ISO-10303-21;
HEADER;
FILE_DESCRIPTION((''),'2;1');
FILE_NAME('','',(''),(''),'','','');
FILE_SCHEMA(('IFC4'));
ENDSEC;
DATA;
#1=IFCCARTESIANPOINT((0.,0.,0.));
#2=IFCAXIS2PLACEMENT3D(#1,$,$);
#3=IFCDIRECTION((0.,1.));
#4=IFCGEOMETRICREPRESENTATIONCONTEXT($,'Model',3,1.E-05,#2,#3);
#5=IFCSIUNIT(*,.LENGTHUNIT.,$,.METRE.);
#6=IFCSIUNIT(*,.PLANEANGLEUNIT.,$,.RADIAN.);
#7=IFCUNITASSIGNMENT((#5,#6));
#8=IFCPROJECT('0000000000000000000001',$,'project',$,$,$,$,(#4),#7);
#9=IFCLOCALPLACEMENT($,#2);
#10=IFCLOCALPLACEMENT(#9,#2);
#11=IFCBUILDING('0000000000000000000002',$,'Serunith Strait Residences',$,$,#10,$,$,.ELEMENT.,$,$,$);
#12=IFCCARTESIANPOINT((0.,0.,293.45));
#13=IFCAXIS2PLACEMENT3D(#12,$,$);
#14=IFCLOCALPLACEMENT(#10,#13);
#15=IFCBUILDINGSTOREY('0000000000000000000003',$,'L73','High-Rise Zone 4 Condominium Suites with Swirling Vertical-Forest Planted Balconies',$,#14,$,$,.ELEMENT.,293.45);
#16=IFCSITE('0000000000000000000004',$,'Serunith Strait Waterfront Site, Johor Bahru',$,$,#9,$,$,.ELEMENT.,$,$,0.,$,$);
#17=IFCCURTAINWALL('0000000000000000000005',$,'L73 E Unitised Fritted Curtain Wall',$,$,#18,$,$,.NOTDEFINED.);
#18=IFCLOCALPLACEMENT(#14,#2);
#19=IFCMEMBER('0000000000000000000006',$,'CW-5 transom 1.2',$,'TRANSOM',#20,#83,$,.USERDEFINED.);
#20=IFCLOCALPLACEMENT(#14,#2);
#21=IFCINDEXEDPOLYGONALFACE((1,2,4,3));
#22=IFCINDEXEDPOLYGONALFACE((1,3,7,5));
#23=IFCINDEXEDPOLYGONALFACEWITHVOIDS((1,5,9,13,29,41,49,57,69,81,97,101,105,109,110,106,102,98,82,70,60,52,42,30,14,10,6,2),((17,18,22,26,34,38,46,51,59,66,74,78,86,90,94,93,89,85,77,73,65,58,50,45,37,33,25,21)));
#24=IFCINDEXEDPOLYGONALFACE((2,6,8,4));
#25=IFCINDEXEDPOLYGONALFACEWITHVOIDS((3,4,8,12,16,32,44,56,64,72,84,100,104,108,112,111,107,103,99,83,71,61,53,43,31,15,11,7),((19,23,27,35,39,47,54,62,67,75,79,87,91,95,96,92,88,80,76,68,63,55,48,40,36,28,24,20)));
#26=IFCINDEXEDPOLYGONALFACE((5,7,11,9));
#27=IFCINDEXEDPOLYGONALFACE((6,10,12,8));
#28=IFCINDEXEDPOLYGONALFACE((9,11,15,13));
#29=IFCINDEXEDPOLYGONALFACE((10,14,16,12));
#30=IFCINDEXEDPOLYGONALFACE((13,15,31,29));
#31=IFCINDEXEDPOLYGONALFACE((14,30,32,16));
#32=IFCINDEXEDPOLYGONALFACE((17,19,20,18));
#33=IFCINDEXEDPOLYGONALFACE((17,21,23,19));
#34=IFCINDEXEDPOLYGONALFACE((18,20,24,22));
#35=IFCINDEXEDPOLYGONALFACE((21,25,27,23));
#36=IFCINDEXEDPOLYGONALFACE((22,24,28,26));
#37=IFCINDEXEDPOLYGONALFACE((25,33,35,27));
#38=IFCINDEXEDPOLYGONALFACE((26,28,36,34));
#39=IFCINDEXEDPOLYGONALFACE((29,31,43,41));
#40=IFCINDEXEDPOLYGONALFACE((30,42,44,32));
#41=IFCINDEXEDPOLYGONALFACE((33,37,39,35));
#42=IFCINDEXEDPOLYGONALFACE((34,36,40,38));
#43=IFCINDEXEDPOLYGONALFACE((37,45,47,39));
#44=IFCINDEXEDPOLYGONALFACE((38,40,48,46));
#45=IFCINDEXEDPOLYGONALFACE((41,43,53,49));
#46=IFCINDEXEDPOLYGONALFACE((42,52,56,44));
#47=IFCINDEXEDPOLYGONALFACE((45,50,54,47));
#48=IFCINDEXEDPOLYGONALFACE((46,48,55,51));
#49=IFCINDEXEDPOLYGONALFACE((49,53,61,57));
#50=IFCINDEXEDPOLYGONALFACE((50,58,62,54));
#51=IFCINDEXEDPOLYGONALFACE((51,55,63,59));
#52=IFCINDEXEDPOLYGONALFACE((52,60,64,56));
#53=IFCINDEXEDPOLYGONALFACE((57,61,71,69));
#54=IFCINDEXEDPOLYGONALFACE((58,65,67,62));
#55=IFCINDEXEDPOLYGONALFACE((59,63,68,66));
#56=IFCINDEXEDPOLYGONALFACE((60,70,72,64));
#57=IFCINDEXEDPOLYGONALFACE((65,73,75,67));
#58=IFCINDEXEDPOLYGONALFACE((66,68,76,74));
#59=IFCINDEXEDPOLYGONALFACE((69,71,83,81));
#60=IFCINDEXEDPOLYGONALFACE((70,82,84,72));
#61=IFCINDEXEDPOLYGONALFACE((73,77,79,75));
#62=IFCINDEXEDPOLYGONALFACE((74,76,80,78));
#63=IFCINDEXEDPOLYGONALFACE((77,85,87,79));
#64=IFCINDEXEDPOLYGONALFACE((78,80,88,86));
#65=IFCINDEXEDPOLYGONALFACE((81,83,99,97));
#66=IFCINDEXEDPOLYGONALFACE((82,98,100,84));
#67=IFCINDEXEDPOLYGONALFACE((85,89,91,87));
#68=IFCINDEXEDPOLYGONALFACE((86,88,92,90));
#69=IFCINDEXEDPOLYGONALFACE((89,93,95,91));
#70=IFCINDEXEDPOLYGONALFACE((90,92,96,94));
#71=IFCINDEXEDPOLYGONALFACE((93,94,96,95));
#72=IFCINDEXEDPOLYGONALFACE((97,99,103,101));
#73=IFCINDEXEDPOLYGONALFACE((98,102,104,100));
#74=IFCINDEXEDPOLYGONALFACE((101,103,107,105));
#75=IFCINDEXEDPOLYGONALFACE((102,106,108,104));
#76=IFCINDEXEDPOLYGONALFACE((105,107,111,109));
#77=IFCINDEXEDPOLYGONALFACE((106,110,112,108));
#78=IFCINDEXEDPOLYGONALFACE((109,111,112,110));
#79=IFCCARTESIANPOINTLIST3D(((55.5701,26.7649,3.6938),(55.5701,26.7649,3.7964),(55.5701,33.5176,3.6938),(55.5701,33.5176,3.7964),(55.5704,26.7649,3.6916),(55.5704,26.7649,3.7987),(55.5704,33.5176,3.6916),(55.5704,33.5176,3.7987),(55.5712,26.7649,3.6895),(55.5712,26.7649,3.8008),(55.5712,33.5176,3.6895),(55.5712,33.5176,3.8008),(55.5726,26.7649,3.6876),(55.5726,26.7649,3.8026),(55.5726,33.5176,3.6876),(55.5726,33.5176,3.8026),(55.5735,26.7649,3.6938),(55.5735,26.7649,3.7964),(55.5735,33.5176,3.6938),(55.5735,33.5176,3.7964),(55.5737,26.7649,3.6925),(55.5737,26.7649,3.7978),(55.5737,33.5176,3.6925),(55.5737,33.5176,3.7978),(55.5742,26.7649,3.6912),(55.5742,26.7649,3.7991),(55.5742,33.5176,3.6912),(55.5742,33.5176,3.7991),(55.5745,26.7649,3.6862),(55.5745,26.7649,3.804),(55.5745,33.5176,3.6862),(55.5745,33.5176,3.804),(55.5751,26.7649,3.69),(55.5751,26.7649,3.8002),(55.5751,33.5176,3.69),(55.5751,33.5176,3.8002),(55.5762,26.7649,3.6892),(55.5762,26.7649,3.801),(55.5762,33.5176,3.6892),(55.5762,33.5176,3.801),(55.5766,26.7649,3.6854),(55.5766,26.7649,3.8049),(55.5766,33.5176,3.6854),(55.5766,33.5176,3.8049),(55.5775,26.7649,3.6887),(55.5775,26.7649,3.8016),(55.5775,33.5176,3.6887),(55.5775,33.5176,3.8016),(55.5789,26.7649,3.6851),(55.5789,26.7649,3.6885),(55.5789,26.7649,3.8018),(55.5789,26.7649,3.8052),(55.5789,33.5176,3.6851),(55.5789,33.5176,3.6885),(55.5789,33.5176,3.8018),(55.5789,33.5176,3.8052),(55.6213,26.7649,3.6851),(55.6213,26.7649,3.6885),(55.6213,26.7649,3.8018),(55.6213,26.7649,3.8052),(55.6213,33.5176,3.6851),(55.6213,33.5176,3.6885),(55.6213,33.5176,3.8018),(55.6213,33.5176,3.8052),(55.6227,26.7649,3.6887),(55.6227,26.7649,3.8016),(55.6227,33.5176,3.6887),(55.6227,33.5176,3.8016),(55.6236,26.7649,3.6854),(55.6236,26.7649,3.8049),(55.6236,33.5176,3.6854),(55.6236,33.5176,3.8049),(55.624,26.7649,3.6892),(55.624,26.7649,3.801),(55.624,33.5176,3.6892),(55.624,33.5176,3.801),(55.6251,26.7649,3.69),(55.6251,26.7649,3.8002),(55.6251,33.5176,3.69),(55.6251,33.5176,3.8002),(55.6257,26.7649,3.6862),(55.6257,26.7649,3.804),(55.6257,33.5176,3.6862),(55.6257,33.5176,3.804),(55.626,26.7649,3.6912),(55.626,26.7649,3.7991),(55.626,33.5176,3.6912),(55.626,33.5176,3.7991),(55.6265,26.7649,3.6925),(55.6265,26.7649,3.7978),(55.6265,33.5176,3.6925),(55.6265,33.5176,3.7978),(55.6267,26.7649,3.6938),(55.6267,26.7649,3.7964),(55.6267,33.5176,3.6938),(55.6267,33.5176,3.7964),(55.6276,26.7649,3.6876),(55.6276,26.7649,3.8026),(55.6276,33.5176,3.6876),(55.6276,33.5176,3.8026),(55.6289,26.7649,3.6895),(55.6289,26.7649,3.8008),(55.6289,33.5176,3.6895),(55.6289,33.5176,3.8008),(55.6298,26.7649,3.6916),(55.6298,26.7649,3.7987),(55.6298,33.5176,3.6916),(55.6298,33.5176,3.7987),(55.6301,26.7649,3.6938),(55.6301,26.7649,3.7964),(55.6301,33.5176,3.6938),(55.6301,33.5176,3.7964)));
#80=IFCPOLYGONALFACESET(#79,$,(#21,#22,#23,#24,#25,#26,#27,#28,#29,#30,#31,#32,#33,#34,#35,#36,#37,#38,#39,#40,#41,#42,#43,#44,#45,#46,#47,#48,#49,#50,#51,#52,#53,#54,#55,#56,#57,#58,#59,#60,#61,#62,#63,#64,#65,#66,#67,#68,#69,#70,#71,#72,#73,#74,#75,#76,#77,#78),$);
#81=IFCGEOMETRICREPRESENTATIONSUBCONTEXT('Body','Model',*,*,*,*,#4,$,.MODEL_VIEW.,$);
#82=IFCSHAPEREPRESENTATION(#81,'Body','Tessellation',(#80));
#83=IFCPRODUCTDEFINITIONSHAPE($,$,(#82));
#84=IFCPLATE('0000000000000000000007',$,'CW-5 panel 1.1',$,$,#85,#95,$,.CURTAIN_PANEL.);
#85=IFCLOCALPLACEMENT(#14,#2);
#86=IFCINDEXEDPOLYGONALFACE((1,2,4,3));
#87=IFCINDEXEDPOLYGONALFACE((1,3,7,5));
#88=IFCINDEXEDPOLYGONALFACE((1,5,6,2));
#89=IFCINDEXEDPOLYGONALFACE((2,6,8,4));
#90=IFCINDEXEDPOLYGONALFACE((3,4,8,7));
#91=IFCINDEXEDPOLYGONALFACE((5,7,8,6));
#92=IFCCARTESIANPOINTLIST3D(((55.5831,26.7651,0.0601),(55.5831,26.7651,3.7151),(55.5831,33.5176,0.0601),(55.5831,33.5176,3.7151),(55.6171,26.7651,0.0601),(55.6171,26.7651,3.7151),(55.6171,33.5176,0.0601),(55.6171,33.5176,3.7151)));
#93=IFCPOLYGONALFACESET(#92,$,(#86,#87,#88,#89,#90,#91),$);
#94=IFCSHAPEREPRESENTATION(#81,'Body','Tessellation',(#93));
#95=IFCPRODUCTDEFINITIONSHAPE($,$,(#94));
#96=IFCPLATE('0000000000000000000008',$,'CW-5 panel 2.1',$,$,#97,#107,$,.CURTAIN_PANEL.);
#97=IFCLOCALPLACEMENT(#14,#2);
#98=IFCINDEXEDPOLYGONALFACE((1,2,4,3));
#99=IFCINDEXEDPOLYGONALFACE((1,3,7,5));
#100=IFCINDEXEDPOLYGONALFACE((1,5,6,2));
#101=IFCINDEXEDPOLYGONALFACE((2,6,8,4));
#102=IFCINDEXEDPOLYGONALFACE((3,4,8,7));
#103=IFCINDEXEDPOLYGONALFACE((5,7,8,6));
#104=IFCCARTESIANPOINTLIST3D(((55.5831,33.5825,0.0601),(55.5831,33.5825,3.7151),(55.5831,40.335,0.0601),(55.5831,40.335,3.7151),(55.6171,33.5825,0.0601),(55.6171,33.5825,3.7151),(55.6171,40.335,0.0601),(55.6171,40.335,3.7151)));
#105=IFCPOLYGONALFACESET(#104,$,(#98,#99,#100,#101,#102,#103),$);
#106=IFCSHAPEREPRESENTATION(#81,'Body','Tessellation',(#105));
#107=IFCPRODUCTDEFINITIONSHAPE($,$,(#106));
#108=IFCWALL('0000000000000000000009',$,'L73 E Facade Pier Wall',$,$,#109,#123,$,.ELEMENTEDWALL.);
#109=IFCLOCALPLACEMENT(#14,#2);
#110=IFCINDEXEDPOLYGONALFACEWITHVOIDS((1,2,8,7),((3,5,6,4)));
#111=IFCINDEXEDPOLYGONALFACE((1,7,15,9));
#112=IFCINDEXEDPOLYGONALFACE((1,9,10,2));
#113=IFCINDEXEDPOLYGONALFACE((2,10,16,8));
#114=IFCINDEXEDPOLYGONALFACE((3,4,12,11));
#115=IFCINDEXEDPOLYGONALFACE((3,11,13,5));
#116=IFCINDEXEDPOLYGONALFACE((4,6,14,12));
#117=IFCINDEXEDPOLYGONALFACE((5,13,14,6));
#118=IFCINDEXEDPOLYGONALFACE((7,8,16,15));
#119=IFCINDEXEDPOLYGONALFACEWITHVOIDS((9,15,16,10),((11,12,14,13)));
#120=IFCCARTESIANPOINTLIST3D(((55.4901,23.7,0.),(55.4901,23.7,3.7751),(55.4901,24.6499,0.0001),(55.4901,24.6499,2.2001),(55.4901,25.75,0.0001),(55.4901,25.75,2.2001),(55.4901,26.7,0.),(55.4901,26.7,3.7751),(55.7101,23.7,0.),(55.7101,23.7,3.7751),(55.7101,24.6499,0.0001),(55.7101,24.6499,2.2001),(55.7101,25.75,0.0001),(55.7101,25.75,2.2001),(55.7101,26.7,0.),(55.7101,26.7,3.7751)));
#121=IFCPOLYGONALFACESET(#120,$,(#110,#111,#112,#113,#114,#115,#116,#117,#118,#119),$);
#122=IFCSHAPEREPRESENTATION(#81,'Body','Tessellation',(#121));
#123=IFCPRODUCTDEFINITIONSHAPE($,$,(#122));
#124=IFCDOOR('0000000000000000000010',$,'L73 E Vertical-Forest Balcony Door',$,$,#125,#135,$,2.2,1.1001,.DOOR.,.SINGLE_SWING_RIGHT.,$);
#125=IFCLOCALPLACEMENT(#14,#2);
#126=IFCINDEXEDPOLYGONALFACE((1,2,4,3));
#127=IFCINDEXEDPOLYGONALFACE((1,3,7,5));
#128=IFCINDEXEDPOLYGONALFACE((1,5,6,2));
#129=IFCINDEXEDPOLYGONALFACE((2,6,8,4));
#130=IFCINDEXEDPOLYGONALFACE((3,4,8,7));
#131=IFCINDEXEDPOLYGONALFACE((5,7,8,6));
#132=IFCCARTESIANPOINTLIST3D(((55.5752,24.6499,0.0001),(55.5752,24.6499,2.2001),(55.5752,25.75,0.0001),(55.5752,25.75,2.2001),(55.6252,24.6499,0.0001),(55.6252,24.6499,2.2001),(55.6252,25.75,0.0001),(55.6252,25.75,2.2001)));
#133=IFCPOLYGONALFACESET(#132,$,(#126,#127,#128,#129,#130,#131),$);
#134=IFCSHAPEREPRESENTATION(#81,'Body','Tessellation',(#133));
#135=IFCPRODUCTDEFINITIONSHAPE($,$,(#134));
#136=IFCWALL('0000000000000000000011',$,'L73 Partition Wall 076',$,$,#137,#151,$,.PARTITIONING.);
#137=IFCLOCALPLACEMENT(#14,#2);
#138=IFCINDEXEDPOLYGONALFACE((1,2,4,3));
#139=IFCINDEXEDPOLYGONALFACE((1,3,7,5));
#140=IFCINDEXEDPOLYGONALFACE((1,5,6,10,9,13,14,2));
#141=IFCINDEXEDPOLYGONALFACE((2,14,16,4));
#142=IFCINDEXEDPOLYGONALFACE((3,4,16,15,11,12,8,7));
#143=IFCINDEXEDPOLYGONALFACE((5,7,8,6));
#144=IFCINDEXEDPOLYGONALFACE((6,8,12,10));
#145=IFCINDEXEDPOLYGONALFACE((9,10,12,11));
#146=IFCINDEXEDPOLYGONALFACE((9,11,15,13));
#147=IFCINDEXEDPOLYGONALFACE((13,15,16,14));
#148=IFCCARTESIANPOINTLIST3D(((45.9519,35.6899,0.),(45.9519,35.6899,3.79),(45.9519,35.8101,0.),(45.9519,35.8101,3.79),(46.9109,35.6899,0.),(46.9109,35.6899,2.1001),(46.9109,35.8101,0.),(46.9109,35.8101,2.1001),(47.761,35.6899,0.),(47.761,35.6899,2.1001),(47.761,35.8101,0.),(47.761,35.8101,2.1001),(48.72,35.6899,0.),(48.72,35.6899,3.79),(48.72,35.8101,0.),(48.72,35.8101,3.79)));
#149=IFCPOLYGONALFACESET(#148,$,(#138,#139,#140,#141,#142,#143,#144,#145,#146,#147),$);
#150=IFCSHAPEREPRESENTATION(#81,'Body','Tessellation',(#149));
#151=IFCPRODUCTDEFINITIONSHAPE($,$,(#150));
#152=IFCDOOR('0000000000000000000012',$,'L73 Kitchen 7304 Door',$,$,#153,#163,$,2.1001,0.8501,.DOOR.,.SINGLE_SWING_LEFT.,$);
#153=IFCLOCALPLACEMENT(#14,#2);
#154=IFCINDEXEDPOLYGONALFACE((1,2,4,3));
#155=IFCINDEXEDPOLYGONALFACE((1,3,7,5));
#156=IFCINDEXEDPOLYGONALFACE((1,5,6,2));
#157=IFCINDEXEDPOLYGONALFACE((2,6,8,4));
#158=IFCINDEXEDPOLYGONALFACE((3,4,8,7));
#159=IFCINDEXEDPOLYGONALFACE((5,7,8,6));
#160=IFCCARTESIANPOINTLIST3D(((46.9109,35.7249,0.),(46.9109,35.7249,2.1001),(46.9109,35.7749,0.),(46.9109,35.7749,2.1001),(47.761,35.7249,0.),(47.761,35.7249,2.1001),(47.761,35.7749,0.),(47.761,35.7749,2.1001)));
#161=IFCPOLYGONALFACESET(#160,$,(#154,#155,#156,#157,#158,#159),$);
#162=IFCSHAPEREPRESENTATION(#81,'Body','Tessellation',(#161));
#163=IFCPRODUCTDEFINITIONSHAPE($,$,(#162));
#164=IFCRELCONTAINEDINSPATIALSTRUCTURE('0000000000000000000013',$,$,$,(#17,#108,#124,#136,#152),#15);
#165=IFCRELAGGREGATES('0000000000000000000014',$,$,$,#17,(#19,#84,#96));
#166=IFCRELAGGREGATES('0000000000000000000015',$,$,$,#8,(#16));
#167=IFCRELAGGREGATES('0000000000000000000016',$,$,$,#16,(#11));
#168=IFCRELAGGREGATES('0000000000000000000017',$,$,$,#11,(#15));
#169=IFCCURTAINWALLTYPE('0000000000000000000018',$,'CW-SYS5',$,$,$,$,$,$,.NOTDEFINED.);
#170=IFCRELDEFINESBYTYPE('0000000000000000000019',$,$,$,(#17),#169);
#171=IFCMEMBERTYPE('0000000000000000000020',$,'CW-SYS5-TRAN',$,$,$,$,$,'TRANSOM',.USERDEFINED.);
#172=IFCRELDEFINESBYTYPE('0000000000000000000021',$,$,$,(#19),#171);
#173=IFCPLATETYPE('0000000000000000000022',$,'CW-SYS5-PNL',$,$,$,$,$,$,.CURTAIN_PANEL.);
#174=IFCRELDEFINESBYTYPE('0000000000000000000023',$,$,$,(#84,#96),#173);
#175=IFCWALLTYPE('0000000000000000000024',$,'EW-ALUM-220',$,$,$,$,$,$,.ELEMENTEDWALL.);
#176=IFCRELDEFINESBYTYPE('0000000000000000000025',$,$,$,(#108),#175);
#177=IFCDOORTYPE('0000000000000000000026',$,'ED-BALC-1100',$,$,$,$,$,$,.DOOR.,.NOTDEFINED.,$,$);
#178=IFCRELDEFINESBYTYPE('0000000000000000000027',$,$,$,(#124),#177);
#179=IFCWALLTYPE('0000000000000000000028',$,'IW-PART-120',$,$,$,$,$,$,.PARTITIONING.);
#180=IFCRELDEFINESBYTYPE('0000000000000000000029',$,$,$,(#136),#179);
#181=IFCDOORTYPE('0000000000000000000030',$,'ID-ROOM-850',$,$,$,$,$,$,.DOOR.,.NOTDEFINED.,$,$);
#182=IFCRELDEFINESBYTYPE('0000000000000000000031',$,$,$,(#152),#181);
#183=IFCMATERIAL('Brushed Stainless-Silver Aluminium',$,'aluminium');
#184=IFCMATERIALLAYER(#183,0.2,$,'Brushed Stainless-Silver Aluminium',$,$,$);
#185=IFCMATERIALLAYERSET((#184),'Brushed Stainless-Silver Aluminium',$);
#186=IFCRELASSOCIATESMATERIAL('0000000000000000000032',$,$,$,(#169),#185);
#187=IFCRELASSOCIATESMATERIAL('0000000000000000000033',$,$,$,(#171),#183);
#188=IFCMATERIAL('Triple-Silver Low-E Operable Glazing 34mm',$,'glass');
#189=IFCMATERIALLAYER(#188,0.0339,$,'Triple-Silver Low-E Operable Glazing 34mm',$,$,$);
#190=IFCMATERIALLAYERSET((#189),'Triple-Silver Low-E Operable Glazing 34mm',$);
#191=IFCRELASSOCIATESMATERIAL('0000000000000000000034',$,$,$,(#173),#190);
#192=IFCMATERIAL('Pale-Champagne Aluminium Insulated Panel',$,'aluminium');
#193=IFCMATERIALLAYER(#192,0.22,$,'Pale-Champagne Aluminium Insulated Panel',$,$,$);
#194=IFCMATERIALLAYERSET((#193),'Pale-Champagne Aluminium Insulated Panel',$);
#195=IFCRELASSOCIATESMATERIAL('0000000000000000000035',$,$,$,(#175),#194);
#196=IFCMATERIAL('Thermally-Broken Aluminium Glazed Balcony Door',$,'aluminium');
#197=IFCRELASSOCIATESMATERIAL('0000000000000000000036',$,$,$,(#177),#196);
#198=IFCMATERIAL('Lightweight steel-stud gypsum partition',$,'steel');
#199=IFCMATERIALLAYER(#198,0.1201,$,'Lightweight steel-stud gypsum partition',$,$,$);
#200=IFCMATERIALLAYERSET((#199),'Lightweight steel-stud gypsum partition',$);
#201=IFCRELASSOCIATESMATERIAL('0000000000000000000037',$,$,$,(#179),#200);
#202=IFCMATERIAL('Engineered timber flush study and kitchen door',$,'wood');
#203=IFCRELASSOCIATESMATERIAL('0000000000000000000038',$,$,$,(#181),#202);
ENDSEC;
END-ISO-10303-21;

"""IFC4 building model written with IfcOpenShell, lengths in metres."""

from ifc_helpers import new_model, si_unit, direction, frame, frame_2d, origin, origin_2d, place, context, subcontext, project, spatial, rectangle, hollow_rectangle, extrude, source, transform, mapped, material, layer, layer_set, material_profile, profile_set, type_object, element, fill, aggregate, save


model = new_model("IFC4")

# Units and contexts
model_context = context("Model", 3, precision=1e-05, world=origin(), true_north=direction((0.0, 1.0)))
body_context = subcontext(model_context, "Body", "Model", "MODEL_VIEW")
ifc_project = project(units=[si_unit("LENGTHUNIT", "METRE"), si_unit("PLANEANGLEUNIT", "RADIAN")], contexts=[model_context])

# Site, building, storey
site_placement = place(None, origin())
site = spatial("IfcSite", under=ifc_project, at=site_placement, Name="Serunith Strait Waterfront Site, Johor Bahru", CompositionType="ELEMENT", RefElevation=0.0)
building_placement = place(site_placement, origin())
building = spatial("IfcBuilding", under=site, at=building_placement, Name="Serunith Strait Residences", CompositionType="ELEMENT")
storey_placement = place(building_placement, frame((0.0, 0.0, 293.45)))
storey = spatial("IfcBuildingStorey", under=building, at=storey_placement, Name="L73", Description="High-Rise Zone 4 Condominium Suites with Swirling Vertical-Forest Planted Balconies", CompositionType="ELEMENT", Elevation=293.45)

# Shared definitions
ifc_material_1 = material(Name="Brushed Stainless-Silver Aluminium", Category="aluminium")
ifc_layer_1 = layer(ifc_material_1, 0.2, Name="Brushed Stainless-Silver Aluminium")
ifc_layer_set_1 = layer_set([ifc_layer_1], Name="Brushed Stainless-Silver Aluminium")
curtain_wall_type = type_object("IfcCurtainWallType", Name="CW-SYS5", PredefinedType="NOTDEFINED", material=ifc_layer_set_1)

# Curtain wall, member, plates
curtain_wall_1_placement = place(storey_placement, origin())
curtain_wall_1 = element("IfcCurtainWall", 1, at=curtain_wall_1_placement, inside=storey, type_object=curtain_wall_type, Name="L73 E Unitised Fritted Curtain Wall", PredefinedType="NOTDEFINED")
ifc_material_profile_1 = material_profile(ifc_material_1, hollow_rectangle(XDim=0.0601, YDim=0.1201, WallThickness=0.0034, InnerFilletRadius=0.0054, OuterFilletRadius=0.0088, at=origin_2d()), Name="ALU 120x60x3.5")
ifc_profile_set_1 = profile_set([ifc_material_profile_1], Name="Brushed Stainless-Silver Aluminium")
member_type_1 = type_object("IfcMemberType", Name="CW-SYS5-TRAN", ElementType="TRANSOM", PredefinedType="USERDEFINED", material=ifc_profile_set_1)
shared_shape_1 = source(origin(), body_context, "Body", "SweptSolid", [
    extrude(hollow_rectangle(XDim=0.0601, YDim=0.1201, WallThickness=0.0034, InnerFilletRadius=0.0054, OuterFilletRadius=0.0088, at=origin_2d()), origin(), (0.0, 0.0, 1.0), 6.7527),
])
member_1_placement = place(storey_placement, frame((55.6001, 26.7649, 3.7451), z_axis=(0.0, 1.0, 0.0), x_axis=(-1.0, 0.0, 0.0)))
member_1 = element("IfcMember", 2, at=member_1_placement, type_object=member_type_1, Name="CW-5 transom 1.2", ObjectType="TRANSOM", PredefinedType="USERDEFINED", context=body_context, shape_type="MappedRepresentation", body=[
    mapped(shared_shape_1, transform((0.0, 0.0, 0.0), scale=1.0)),
])
ifc_material_2 = material(Name="Triple-Silver Low-E Operable Glazing 34mm", Category="glass")
ifc_layer_2 = layer(ifc_material_2, 0.0339, Name="Triple-Silver Low-E Operable Glazing 34mm")
ifc_layer_set_2 = layer_set([ifc_layer_2], Name="Triple-Silver Low-E Operable Glazing 34mm")
plate_type = type_object("IfcPlateType", Name="CW-SYS5-PNL", PredefinedType="CURTAIN_PANEL", material=ifc_layer_set_2)
shared_shape_2 = source(origin(), body_context, "Body", "SweptSolid", [
    extrude(rectangle(XDim=6.7524, YDim=0.0339, at=origin_2d()), origin(), (0.0, 0.0, 1.0), 3.655),
])
plate_1_placement = place(storey_placement, frame((55.6001, 30.1414, 0.0601), z_axis=(0.0, 0.0, 1.0), x_axis=(0.0, 1.0, 0.0)))
plate_1 = element("IfcPlate", 3, at=plate_1_placement, type_object=plate_type, Name="CW-5 panel 1.1", PredefinedType="CURTAIN_PANEL", context=body_context, shape_type="MappedRepresentation", body=[
    mapped(shared_shape_2, transform((0.0, 0.0, 0.0), scale=1.0)),
])
plate_2_placement = place(storey_placement, frame((55.6001, 36.9587, 0.0601), z_axis=(0.0, 0.0, 1.0), x_axis=(0.0, 1.0, 0.0)))
plate_2 = element("IfcPlate", 4, at=plate_2_placement, type_object=plate_type, Name="CW-5 panel 2.1", PredefinedType="CURTAIN_PANEL", context=body_context, shape_type="MappedRepresentation", body=[
    mapped(shared_shape_2, transform((0.0, 0.0, 0.0), scale=1.0)),
])
aggregate(curtain_wall_1, [member_1, plate_1, plate_2])

# Walls, openings, doors
ifc_material_3 = material(Name="Pale-Champagne Aluminium Insulated Panel", Category="aluminium")
ifc_layer_3 = layer(ifc_material_3, 0.22, Name="Pale-Champagne Aluminium Insulated Panel")
ifc_layer_set_3 = layer_set([ifc_layer_3], Name="Pale-Champagne Aluminium Insulated Panel")
wall_type_1 = type_object("IfcWallType", Name="EW-ALUM-220", PredefinedType="ELEMENTEDWALL", material=ifc_layer_set_3)
wall_1_placement = place(storey_placement, frame((55.6001, 23.7, 0.0), z_axis=(0.0, 0.0, 1.0), x_axis=(0.0, 1.0, 0.0)))
wall_1 = element("IfcWall", 5, at=wall_1_placement, inside=storey, type_object=wall_type_1, Name="L73 E Facade Pier Wall", PredefinedType="ELEMENTEDWALL", context=body_context, shape_type="SweptSolid", body=[
    extrude(rectangle(XDim=3.0, YDim=0.22, at=frame_2d((1.5, 0.0))), origin(), (0.0, 0.0, 1.0), 3.7751),
])
opening_1_placement = place(wall_1_placement, frame((0.95, 0.0, 0.0)))
opening_1 = element("IfcOpeningElement", 6, at=opening_1_placement, cuts=wall_1, PredefinedType="OPENING", context=body_context, shape_type="SweptSolid", body=[
    extrude(rectangle(XDim=1.1001, YDim=2.2, at=frame_2d((0.55, 1.1001))), frame((0.0, 0.1201, 0.0), z_axis=(0.0, -1.0, 0.0), x_axis=(1.0, 0.0, 0.0)), (0.0, 0.0, 1.0), 0.24),
])
ifc_material_4 = material(Name="Thermally-Broken Aluminium Glazed Balcony Door", Category="aluminium")
door_type_1 = type_object("IfcDoorType", Name="ED-BALC-1100", OperationType="NOTDEFINED", PredefinedType="DOOR", material=ifc_material_4)
shared_shape_3 = source(origin(), body_context, "Body", "SweptSolid", [
    extrude(rectangle(XDim=1.1001, YDim=2.2, at=frame_2d((0.55, 1.1001))), frame((0.0, 0.0249, 0.0), z_axis=(0.0, -1.0, 0.0), x_axis=(1.0, 0.0, 0.0)), (0.0, 0.0, 1.0), 0.05),
])
door_1_placement = place(opening_1_placement, origin())
door_1 = element("IfcDoor", 7, at=door_1_placement, inside=storey, type_object=door_type_1, Name="L73 E Vertical-Forest Balcony Door", OperationType="SINGLE_SWING_RIGHT", OverallHeight=2.2, OverallWidth=1.1001, PredefinedType="DOOR", context=body_context, shape_type="MappedRepresentation", body=[
    mapped(shared_shape_3, transform((0.0, 0.0, 0.0), scale=1.0)),
])
fill(opening_1, door_1)
ifc_material_5 = material(Name="Lightweight steel-stud gypsum partition", Category="steel")
ifc_layer_4 = layer(ifc_material_5, 0.1201, Name="Lightweight steel-stud gypsum partition")
ifc_layer_set_4 = layer_set([ifc_layer_4], Name="Lightweight steel-stud gypsum partition")
wall_type_2 = type_object("IfcWallType", Name="IW-PART-120", PredefinedType="PARTITIONING", material=ifc_layer_set_4)
wall_2_placement = place(storey_placement, frame((45.9519, 35.75, 0.0), z_axis=(0.0, 0.0, 1.0), x_axis=(1.0, 0.0, 0.0)))
wall_2 = element("IfcWall", 8, at=wall_2_placement, inside=storey, type_object=wall_type_2, Name="L73 Partition Wall 076", PredefinedType="PARTITIONING", context=body_context, shape_type="SweptSolid", body=[
    extrude(rectangle(XDim=2.7681, YDim=0.1201, at=frame_2d((1.384, 0.0))), origin(), (0.0, 0.0, 1.0), 3.79),
])
opening_2_placement = place(wall_2_placement, frame((0.959, 0.0, 0.0)))
opening_2 = element("IfcOpeningElement", 9, at=opening_2_placement, cuts=wall_2, PredefinedType="OPENING", context=body_context, shape_type="SweptSolid", body=[
    extrude(rectangle(XDim=0.8501, YDim=2.1001, at=frame_2d((0.425, 1.05))), frame((0.0, 0.0701, 0.0), z_axis=(0.0, -1.0, 0.0), x_axis=(1.0, 0.0, 0.0)), (0.0, 0.0, 1.0), 0.1401),
])
ifc_material_6 = material(Name="Engineered timber flush study and kitchen door", Category="wood")
door_type_2 = type_object("IfcDoorType", Name="ID-ROOM-850", OperationType="NOTDEFINED", PredefinedType="DOOR", material=ifc_material_6)
shared_shape_4 = source(origin(), body_context, "Body", "SweptSolid", [
    extrude(rectangle(XDim=0.8501, YDim=2.1001, at=frame_2d((0.425, 1.05))), frame((0.0, 0.0249, 0.0), z_axis=(0.0, -1.0, 0.0), x_axis=(1.0, 0.0, 0.0)), (0.0, 0.0, 1.0), 0.05),
])
door_2_placement = place(opening_2_placement, origin())
door_2 = element("IfcDoor", 10, at=door_2_placement, inside=storey, type_object=door_type_2, Name="L73 Kitchen 7304 Door", OperationType="SINGLE_SWING_LEFT", OverallHeight=2.1001, OverallWidth=0.8501, PredefinedType="DOOR", context=body_context, shape_type="MappedRepresentation", body=[
    mapped(shared_shape_4, transform((0.0, 0.0, 0.0), scale=1.0)),
])
fill(opening_2, door_2)

save(model, "model.ifc")
